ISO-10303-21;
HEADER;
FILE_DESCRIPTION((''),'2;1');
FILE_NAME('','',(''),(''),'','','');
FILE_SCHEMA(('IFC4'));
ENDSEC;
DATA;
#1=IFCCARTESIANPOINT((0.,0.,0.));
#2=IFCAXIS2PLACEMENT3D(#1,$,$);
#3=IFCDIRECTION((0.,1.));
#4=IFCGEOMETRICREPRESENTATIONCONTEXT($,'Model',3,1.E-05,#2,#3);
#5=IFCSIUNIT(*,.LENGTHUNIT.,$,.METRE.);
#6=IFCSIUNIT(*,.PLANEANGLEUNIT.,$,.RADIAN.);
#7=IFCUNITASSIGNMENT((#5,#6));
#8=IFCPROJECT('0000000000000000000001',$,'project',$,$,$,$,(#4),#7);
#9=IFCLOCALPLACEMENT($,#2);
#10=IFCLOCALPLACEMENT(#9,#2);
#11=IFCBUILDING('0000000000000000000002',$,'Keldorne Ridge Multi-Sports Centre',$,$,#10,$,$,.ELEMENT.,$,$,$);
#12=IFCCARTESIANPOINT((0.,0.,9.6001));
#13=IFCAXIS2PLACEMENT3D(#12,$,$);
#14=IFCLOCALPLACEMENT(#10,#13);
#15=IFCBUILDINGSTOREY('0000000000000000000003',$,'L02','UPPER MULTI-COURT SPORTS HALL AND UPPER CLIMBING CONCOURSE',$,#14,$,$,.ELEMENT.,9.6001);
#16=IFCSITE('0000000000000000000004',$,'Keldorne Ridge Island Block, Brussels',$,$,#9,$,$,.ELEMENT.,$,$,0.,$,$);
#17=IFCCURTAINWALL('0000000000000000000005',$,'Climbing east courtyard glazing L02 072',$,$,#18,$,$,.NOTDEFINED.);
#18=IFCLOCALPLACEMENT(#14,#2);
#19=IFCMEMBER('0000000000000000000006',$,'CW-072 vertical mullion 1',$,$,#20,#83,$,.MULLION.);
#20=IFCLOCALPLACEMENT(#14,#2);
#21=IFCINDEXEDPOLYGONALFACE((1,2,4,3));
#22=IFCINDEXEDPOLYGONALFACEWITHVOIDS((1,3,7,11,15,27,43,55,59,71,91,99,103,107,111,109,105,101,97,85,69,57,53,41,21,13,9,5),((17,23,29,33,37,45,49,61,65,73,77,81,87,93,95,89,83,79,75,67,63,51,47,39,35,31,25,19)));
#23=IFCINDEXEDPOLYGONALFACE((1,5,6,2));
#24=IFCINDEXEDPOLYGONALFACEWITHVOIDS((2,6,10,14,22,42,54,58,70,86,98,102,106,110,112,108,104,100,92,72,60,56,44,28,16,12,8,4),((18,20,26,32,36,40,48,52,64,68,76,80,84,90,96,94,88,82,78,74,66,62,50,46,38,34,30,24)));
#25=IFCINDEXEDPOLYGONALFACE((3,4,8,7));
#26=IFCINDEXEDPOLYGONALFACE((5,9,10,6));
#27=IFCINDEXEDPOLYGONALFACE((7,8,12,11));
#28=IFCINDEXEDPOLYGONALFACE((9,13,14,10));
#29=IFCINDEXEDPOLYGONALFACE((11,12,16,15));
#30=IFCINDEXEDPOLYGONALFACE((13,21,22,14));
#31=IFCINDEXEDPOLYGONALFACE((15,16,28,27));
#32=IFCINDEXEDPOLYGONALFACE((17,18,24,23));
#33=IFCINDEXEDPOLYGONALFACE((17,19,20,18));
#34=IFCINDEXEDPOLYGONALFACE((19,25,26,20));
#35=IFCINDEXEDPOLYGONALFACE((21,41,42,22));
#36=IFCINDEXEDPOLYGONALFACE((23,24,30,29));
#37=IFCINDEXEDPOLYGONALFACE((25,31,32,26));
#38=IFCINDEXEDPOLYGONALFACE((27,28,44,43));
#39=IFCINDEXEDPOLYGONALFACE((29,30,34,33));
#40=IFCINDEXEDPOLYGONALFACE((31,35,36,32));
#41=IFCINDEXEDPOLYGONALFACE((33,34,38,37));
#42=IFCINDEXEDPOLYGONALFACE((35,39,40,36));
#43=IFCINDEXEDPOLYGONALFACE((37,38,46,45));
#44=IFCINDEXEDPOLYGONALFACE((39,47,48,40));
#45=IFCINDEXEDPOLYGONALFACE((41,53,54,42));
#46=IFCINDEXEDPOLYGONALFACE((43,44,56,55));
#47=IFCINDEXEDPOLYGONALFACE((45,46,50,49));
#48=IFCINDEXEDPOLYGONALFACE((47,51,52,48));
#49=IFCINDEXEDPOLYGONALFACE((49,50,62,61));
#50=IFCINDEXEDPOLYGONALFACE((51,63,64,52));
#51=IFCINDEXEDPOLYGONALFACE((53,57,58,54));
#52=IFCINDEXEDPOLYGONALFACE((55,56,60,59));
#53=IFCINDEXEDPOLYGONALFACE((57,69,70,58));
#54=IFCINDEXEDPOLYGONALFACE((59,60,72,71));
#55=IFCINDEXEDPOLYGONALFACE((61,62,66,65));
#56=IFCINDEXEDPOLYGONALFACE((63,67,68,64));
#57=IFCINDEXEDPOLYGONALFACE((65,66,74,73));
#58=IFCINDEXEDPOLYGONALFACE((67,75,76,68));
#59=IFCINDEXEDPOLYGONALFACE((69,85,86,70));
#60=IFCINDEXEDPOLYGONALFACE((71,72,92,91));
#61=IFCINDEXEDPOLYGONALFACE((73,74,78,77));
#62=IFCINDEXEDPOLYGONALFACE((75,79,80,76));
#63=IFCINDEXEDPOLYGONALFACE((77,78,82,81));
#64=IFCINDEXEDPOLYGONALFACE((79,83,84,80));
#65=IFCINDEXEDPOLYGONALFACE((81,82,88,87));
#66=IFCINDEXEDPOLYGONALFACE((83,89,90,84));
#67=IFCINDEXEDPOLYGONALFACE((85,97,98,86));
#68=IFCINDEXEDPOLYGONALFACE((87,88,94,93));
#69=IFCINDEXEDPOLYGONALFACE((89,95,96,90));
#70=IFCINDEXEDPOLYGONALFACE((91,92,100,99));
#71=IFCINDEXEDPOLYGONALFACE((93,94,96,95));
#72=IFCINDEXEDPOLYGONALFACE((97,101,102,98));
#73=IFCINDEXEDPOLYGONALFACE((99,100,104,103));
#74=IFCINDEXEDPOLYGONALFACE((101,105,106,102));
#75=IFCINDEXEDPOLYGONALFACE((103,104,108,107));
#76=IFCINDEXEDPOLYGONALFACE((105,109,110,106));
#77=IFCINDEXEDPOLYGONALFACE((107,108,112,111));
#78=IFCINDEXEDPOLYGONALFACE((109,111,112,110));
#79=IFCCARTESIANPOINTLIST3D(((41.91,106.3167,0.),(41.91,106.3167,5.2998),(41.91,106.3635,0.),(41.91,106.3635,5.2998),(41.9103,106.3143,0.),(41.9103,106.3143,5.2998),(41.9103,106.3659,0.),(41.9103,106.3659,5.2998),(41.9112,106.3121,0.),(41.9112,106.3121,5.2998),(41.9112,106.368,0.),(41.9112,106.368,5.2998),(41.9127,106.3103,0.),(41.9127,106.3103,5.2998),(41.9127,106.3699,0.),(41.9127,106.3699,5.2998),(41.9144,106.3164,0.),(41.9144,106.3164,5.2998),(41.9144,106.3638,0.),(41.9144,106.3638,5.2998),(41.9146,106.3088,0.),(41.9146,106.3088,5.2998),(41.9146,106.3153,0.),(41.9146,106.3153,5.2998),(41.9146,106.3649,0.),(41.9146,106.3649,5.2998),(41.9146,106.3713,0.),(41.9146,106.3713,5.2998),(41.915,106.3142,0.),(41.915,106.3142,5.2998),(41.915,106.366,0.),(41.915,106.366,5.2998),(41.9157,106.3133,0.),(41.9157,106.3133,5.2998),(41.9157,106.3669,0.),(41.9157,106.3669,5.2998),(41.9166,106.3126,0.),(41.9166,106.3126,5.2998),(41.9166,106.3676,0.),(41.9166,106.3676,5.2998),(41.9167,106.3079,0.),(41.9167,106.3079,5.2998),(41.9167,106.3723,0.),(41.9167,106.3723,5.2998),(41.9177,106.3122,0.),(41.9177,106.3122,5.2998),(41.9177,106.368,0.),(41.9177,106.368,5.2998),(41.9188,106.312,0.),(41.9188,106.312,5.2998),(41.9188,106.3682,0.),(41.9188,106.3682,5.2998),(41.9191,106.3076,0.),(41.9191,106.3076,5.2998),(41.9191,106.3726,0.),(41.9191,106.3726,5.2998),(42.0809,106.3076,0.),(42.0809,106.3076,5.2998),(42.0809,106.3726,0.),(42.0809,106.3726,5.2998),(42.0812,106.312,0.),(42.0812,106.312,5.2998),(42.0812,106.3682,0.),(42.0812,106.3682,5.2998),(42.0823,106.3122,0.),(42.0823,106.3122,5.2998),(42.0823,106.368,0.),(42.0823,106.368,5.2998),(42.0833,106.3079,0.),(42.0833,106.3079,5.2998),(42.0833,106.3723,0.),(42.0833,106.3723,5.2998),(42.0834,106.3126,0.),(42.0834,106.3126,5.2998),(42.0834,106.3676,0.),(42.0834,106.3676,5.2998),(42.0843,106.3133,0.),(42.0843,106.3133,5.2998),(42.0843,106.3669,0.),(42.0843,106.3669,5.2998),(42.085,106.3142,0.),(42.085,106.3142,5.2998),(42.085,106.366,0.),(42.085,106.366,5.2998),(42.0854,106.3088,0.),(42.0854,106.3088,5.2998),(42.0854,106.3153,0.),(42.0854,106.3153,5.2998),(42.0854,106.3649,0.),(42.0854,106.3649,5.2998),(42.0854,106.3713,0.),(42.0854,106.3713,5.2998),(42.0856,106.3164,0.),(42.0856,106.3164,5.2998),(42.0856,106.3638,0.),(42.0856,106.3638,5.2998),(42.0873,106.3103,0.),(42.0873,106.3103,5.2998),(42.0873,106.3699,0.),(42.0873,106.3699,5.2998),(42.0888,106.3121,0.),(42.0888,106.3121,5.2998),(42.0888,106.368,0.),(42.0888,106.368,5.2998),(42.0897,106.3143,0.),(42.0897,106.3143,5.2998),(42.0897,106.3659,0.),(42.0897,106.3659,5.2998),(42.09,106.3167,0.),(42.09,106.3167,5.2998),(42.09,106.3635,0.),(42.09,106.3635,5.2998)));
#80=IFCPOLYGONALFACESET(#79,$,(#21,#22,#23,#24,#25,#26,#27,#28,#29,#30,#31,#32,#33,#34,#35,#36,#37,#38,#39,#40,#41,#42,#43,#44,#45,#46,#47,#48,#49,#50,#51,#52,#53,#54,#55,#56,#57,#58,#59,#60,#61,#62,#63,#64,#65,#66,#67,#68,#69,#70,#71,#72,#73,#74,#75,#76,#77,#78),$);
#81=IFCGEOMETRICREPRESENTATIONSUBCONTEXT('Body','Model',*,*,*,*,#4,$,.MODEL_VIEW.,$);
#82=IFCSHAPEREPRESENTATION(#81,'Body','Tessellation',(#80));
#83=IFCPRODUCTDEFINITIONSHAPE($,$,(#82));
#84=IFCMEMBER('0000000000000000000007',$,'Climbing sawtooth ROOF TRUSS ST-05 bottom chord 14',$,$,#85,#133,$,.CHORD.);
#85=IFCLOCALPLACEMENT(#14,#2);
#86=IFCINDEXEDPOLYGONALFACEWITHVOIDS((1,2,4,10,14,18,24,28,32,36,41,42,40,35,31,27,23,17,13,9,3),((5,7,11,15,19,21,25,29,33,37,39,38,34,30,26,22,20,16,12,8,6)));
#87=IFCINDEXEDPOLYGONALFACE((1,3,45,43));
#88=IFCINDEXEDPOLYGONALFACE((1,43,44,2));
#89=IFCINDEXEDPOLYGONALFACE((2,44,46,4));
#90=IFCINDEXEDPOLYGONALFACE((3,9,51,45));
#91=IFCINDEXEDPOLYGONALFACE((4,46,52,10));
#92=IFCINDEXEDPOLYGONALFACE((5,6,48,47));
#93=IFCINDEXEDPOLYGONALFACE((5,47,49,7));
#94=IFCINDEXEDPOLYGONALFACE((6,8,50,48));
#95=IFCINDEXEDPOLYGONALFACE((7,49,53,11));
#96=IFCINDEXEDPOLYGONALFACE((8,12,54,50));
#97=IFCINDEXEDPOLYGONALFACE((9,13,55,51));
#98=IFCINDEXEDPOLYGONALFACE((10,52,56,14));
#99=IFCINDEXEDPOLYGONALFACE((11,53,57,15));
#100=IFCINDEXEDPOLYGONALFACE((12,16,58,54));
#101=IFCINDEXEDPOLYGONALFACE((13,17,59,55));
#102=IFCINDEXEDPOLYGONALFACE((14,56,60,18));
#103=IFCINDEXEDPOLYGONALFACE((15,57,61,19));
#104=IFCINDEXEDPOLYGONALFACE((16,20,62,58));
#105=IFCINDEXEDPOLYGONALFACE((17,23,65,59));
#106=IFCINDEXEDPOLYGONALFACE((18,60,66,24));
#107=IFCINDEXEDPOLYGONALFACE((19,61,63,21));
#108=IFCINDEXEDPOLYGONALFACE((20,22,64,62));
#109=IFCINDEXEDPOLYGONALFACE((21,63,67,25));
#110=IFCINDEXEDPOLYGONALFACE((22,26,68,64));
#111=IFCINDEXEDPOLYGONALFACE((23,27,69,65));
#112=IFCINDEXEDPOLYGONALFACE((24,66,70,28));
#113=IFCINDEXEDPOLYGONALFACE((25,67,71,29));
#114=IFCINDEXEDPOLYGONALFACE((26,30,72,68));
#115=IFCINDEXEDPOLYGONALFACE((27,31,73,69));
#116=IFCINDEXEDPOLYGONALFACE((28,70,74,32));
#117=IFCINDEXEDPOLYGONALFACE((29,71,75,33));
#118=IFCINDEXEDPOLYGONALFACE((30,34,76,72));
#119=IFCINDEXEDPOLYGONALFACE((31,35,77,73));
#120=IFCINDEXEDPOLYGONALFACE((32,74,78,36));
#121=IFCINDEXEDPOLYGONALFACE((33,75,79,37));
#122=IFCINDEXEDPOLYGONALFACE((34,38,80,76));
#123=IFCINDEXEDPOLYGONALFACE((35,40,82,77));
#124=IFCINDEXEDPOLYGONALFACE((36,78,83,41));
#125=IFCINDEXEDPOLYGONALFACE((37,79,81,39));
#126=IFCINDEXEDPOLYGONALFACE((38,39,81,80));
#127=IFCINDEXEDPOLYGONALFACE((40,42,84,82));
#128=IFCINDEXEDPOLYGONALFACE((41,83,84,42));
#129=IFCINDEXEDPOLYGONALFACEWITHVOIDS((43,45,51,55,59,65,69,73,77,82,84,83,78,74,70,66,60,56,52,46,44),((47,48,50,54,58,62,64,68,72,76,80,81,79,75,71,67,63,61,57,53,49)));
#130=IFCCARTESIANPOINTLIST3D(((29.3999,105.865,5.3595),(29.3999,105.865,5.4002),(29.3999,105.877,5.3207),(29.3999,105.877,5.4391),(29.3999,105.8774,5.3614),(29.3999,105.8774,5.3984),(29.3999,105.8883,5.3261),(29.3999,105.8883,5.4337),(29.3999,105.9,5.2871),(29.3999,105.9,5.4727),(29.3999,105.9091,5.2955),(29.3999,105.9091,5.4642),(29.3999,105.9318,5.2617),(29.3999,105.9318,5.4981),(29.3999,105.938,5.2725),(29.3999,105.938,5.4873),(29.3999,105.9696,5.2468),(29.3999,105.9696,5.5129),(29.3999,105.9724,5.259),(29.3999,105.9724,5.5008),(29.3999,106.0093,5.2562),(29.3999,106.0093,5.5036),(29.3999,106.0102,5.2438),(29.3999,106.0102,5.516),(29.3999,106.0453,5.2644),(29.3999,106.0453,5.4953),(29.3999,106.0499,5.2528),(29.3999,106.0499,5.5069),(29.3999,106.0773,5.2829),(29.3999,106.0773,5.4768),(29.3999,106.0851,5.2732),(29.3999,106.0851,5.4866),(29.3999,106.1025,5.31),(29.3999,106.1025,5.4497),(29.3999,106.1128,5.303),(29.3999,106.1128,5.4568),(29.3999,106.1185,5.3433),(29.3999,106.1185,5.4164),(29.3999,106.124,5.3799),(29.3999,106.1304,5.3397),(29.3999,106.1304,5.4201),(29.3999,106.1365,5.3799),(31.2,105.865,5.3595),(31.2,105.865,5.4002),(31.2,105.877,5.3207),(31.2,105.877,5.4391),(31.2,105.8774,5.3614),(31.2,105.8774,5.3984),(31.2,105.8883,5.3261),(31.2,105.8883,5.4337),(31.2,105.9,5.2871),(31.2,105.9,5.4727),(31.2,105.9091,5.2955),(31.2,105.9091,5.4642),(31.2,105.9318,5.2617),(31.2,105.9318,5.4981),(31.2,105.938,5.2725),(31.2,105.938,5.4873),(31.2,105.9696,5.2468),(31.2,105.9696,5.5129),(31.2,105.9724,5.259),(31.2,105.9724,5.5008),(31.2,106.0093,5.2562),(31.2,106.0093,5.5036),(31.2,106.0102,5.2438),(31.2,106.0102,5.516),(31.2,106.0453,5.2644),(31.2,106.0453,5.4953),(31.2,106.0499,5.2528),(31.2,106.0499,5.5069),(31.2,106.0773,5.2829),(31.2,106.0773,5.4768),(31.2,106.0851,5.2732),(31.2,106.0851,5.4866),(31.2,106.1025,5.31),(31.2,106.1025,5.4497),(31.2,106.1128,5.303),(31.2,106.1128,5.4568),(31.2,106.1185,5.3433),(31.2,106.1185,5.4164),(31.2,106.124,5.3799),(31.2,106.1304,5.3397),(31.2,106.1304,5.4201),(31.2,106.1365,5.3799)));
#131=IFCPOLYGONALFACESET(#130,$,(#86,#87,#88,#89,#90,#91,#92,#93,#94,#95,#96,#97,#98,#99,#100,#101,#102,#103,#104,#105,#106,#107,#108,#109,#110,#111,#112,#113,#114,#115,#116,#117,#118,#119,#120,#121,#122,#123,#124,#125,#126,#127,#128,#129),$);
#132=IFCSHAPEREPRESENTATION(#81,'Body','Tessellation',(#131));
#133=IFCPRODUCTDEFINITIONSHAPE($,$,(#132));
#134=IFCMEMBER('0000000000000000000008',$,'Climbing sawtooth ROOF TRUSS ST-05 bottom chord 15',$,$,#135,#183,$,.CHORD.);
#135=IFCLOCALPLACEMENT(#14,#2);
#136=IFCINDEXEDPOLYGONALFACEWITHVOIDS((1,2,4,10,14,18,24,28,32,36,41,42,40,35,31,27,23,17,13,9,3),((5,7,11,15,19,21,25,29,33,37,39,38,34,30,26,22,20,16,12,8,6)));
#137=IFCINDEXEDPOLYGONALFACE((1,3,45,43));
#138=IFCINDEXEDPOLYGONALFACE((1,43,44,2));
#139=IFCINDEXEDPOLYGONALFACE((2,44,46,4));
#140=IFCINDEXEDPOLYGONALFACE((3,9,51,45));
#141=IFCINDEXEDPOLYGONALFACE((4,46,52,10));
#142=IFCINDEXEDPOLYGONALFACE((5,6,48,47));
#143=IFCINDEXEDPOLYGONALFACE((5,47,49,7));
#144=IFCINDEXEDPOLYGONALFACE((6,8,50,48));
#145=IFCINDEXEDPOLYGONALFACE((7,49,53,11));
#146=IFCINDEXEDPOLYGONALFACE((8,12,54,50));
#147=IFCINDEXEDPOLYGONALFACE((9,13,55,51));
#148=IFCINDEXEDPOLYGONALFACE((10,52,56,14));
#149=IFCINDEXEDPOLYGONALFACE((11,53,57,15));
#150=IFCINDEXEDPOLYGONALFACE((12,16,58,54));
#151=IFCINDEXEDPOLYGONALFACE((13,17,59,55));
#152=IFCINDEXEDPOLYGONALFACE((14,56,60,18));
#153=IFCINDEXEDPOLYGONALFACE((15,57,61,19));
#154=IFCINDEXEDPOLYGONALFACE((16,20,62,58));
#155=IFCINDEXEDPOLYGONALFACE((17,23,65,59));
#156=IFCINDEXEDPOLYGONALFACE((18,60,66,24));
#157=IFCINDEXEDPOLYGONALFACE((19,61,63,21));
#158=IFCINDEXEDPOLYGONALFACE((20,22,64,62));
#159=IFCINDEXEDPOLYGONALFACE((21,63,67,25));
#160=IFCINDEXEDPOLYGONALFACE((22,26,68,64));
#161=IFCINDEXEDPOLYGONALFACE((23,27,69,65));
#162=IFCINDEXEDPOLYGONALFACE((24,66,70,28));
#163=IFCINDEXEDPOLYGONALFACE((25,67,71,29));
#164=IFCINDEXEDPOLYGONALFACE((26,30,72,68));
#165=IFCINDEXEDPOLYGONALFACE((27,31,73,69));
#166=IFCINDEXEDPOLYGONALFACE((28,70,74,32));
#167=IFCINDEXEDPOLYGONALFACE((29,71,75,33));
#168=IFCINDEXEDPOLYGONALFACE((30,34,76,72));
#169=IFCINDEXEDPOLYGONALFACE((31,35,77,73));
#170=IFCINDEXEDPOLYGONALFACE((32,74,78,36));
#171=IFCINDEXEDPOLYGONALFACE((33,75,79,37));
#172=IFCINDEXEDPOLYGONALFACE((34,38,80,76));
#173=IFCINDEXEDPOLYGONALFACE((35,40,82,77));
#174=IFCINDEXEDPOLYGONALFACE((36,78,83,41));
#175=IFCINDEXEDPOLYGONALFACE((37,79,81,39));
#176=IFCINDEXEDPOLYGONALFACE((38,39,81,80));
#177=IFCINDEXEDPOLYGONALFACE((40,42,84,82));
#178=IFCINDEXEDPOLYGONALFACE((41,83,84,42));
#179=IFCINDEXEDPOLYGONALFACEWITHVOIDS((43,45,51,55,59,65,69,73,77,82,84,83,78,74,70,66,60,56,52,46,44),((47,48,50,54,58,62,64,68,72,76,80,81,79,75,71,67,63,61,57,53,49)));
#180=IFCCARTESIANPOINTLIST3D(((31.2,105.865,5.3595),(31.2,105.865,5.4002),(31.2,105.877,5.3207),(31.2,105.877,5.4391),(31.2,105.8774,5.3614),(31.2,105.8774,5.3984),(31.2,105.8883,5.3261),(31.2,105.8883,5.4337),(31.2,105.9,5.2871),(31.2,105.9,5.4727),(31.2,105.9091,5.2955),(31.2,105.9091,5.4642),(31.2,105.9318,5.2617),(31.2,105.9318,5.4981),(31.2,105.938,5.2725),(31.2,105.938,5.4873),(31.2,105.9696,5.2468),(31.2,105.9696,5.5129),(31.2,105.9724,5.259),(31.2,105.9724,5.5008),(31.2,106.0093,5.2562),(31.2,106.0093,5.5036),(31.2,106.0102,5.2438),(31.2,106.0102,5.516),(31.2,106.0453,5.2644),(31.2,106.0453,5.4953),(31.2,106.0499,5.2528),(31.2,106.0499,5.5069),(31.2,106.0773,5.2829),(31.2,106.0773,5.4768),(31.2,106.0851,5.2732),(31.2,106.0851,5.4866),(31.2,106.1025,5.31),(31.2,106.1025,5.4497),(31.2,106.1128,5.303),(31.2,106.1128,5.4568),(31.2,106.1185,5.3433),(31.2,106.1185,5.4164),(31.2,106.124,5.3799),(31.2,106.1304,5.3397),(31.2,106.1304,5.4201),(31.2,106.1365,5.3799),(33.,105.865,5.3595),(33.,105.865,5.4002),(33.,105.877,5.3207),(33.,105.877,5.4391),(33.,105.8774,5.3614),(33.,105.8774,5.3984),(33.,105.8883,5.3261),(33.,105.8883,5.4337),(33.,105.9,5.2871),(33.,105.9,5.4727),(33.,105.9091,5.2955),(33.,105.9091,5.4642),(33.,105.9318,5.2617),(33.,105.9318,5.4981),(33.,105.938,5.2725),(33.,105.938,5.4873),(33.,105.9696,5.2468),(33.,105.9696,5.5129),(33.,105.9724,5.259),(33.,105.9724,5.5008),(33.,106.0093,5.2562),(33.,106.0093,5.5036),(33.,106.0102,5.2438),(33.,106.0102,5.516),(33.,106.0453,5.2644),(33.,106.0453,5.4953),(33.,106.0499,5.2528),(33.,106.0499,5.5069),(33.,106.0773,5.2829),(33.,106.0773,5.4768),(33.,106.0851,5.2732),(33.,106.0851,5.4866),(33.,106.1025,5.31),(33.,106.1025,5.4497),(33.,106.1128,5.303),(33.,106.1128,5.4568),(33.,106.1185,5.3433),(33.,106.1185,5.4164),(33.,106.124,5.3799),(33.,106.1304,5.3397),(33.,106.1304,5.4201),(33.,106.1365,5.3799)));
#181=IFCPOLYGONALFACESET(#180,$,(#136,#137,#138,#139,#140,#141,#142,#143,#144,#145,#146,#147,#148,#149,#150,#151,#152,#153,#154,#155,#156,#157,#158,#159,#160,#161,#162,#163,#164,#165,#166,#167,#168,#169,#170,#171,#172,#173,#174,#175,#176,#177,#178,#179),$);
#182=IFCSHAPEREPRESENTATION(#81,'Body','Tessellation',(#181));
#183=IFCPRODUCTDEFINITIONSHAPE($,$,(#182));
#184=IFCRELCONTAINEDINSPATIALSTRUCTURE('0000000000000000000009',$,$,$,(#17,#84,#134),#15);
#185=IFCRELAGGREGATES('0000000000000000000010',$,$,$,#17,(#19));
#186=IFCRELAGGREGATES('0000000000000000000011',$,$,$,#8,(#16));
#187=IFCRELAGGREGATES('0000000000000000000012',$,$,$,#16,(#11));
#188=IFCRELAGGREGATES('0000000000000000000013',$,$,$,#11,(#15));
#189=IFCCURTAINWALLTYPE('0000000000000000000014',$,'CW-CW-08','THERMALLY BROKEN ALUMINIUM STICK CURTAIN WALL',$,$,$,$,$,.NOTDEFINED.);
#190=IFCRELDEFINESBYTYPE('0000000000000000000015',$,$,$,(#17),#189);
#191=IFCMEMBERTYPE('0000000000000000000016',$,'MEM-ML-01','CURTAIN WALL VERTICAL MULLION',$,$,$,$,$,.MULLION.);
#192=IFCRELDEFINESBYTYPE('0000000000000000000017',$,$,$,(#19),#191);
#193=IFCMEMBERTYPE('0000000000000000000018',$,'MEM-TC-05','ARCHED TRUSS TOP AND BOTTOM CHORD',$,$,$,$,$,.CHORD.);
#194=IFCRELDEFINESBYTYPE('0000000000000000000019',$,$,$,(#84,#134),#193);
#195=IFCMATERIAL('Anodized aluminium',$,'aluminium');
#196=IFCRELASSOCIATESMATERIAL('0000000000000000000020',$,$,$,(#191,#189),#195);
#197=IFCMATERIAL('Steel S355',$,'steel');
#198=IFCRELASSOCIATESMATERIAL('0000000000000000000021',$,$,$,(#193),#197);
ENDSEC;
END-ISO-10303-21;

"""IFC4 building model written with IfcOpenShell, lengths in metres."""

from ifc_helpers import new_model, si_unit, direction, frame, origin, origin_2d, place, context, subcontext, project, spatial, hollow_rectangle, hollow_circle, extrude, material, material_profile, profile_set, type_object, element, aggregate, save


model = new_model("IFC4")

# Units and contexts
model_context = context("Model", 3, precision=1e-05, world=origin(), true_north=direction((0.0, 1.0)))
body_context = subcontext(model_context, "Body", "Model", "MODEL_VIEW")
ifc_project = project(units=[si_unit("LENGTHUNIT", "METRE"), si_unit("PLANEANGLEUNIT", "RADIAN")], contexts=[model_context])

# Site, building, storey
site_placement = place(None, origin())
site = spatial("IfcSite", under=ifc_project, at=site_placement, Name="Keldorne Ridge Island Block, Brussels", CompositionType="ELEMENT", RefElevation=0.0)
building_placement = place(site_placement, origin())
building = spatial("IfcBuilding", under=site, at=building_placement, Name="Keldorne Ridge Multi-Sports Centre", CompositionType="ELEMENT")
storey_placement = place(building_placement, frame((0.0, 0.0, 9.6001)))
storey = spatial("IfcBuildingStorey", under=building, at=storey_placement, Name="L02", Description="UPPER MULTI-COURT SPORTS HALL AND UPPER CLIMBING CONCOURSE", CompositionType="ELEMENT", Elevation=9.6001)

# Shared definitions
ifc_material_1 = material(Name="Steel S355", Category="steel")

# Curtain wall, member
ifc_material_2 = material(Name="Anodized aluminium", Category="aluminium")
ifc_material_profile_1 = material_profile(ifc_material_2, hollow_rectangle(XDim=0.0649, YDim=0.1799, WallThickness=0.0044, InnerFilletRadius=0.0044, OuterFilletRadius=0.009, at=origin_2d()), Name="ALU MULLION 180x65x4.5")
ifc_profile_set_1 = profile_set([ifc_material_profile_1], Name="Anodized aluminium")
member_type_1 = type_object("IfcMemberType", Name="MEM-ML-01", Description="CURTAIN WALL VERTICAL MULLION", PredefinedType="MULLION", material=ifc_profile_set_1)
curtain_wall_type_1 = type_object("IfcCurtainWallType", Name="CW-CW-08", Description="THERMALLY BROKEN ALUMINIUM STICK CURTAIN WALL", PredefinedType="NOTDEFINED", material=ifc_material_2)
curtain_wall_1_placement = place(storey_placement, origin())
curtain_wall_1 = element("IfcCurtainWall", 1, at=curtain_wall_1_placement, inside=storey, type_object=curtain_wall_type_1, Name="Climbing east courtyard glazing L02 072", PredefinedType="NOTDEFINED")
member_1_placement = place(storey_placement, frame((42.0, 106.3401, 0.0), z_axis=(0.0, 0.0, 1.0), x_axis=(0.0, 1.0, 0.0)))
member_1 = element("IfcMember", 2, at=member_1_placement, type_object=member_type_1, Name="CW-072 vertical mullion 1", PredefinedType="MULLION", context=body_context, shape_type="SweptSolid", body=[
    extrude(hollow_rectangle(XDim=0.0649, YDim=0.1799, WallThickness=0.0044, InnerFilletRadius=0.0044, OuterFilletRadius=0.009, at=origin_2d()), origin(), (0.0, 0.0, 1.0), 5.2998),
])
aggregate(curtain_wall_1, [member_1])

# Members
ifc_material_profile_2 = material_profile(ifc_material_1, hollow_circle(Radius=0.1365, WallThickness=0.0125, at=origin_2d()), Name="CHS 273x12.5")
ifc_profile_set_2 = profile_set([ifc_material_profile_2], Name="Steel S355")
member_type_2 = type_object("IfcMemberType", Name="MEM-TC-05", Description="ARCHED TRUSS TOP AND BOTTOM CHORD", PredefinedType="CHORD", material=ifc_profile_set_2)
for number, where, z_axis, x_axis, name in (
    (3, (29.3999, 106.0, 5.3799), (1.0, 0.0, 0.0), (0.0, 1.0, 0.0), "Climbing sawtooth ROOF TRUSS ST-05 bottom chord 14"),
    (4, (31.2, 106.0, 5.3799), (1.0, 0.0, 0.0), (0.0, 1.0, 0.0), "Climbing sawtooth ROOF TRUSS ST-05 bottom chord 15"),
):
    element("IfcMember", number, at=place(storey_placement, frame(where, z_axis=z_axis, x_axis=x_axis)), inside=storey, type_object=member_type_2, Name=name, PredefinedType="CHORD", context=body_context, shape_type="SweptSolid", body=[
        extrude(hollow_circle(Radius=0.1365, WallThickness=0.0125, at=origin_2d()), origin(), (0.0, 0.0, 1.0), 1.8),
    ])

save(model, "model.ifc")
